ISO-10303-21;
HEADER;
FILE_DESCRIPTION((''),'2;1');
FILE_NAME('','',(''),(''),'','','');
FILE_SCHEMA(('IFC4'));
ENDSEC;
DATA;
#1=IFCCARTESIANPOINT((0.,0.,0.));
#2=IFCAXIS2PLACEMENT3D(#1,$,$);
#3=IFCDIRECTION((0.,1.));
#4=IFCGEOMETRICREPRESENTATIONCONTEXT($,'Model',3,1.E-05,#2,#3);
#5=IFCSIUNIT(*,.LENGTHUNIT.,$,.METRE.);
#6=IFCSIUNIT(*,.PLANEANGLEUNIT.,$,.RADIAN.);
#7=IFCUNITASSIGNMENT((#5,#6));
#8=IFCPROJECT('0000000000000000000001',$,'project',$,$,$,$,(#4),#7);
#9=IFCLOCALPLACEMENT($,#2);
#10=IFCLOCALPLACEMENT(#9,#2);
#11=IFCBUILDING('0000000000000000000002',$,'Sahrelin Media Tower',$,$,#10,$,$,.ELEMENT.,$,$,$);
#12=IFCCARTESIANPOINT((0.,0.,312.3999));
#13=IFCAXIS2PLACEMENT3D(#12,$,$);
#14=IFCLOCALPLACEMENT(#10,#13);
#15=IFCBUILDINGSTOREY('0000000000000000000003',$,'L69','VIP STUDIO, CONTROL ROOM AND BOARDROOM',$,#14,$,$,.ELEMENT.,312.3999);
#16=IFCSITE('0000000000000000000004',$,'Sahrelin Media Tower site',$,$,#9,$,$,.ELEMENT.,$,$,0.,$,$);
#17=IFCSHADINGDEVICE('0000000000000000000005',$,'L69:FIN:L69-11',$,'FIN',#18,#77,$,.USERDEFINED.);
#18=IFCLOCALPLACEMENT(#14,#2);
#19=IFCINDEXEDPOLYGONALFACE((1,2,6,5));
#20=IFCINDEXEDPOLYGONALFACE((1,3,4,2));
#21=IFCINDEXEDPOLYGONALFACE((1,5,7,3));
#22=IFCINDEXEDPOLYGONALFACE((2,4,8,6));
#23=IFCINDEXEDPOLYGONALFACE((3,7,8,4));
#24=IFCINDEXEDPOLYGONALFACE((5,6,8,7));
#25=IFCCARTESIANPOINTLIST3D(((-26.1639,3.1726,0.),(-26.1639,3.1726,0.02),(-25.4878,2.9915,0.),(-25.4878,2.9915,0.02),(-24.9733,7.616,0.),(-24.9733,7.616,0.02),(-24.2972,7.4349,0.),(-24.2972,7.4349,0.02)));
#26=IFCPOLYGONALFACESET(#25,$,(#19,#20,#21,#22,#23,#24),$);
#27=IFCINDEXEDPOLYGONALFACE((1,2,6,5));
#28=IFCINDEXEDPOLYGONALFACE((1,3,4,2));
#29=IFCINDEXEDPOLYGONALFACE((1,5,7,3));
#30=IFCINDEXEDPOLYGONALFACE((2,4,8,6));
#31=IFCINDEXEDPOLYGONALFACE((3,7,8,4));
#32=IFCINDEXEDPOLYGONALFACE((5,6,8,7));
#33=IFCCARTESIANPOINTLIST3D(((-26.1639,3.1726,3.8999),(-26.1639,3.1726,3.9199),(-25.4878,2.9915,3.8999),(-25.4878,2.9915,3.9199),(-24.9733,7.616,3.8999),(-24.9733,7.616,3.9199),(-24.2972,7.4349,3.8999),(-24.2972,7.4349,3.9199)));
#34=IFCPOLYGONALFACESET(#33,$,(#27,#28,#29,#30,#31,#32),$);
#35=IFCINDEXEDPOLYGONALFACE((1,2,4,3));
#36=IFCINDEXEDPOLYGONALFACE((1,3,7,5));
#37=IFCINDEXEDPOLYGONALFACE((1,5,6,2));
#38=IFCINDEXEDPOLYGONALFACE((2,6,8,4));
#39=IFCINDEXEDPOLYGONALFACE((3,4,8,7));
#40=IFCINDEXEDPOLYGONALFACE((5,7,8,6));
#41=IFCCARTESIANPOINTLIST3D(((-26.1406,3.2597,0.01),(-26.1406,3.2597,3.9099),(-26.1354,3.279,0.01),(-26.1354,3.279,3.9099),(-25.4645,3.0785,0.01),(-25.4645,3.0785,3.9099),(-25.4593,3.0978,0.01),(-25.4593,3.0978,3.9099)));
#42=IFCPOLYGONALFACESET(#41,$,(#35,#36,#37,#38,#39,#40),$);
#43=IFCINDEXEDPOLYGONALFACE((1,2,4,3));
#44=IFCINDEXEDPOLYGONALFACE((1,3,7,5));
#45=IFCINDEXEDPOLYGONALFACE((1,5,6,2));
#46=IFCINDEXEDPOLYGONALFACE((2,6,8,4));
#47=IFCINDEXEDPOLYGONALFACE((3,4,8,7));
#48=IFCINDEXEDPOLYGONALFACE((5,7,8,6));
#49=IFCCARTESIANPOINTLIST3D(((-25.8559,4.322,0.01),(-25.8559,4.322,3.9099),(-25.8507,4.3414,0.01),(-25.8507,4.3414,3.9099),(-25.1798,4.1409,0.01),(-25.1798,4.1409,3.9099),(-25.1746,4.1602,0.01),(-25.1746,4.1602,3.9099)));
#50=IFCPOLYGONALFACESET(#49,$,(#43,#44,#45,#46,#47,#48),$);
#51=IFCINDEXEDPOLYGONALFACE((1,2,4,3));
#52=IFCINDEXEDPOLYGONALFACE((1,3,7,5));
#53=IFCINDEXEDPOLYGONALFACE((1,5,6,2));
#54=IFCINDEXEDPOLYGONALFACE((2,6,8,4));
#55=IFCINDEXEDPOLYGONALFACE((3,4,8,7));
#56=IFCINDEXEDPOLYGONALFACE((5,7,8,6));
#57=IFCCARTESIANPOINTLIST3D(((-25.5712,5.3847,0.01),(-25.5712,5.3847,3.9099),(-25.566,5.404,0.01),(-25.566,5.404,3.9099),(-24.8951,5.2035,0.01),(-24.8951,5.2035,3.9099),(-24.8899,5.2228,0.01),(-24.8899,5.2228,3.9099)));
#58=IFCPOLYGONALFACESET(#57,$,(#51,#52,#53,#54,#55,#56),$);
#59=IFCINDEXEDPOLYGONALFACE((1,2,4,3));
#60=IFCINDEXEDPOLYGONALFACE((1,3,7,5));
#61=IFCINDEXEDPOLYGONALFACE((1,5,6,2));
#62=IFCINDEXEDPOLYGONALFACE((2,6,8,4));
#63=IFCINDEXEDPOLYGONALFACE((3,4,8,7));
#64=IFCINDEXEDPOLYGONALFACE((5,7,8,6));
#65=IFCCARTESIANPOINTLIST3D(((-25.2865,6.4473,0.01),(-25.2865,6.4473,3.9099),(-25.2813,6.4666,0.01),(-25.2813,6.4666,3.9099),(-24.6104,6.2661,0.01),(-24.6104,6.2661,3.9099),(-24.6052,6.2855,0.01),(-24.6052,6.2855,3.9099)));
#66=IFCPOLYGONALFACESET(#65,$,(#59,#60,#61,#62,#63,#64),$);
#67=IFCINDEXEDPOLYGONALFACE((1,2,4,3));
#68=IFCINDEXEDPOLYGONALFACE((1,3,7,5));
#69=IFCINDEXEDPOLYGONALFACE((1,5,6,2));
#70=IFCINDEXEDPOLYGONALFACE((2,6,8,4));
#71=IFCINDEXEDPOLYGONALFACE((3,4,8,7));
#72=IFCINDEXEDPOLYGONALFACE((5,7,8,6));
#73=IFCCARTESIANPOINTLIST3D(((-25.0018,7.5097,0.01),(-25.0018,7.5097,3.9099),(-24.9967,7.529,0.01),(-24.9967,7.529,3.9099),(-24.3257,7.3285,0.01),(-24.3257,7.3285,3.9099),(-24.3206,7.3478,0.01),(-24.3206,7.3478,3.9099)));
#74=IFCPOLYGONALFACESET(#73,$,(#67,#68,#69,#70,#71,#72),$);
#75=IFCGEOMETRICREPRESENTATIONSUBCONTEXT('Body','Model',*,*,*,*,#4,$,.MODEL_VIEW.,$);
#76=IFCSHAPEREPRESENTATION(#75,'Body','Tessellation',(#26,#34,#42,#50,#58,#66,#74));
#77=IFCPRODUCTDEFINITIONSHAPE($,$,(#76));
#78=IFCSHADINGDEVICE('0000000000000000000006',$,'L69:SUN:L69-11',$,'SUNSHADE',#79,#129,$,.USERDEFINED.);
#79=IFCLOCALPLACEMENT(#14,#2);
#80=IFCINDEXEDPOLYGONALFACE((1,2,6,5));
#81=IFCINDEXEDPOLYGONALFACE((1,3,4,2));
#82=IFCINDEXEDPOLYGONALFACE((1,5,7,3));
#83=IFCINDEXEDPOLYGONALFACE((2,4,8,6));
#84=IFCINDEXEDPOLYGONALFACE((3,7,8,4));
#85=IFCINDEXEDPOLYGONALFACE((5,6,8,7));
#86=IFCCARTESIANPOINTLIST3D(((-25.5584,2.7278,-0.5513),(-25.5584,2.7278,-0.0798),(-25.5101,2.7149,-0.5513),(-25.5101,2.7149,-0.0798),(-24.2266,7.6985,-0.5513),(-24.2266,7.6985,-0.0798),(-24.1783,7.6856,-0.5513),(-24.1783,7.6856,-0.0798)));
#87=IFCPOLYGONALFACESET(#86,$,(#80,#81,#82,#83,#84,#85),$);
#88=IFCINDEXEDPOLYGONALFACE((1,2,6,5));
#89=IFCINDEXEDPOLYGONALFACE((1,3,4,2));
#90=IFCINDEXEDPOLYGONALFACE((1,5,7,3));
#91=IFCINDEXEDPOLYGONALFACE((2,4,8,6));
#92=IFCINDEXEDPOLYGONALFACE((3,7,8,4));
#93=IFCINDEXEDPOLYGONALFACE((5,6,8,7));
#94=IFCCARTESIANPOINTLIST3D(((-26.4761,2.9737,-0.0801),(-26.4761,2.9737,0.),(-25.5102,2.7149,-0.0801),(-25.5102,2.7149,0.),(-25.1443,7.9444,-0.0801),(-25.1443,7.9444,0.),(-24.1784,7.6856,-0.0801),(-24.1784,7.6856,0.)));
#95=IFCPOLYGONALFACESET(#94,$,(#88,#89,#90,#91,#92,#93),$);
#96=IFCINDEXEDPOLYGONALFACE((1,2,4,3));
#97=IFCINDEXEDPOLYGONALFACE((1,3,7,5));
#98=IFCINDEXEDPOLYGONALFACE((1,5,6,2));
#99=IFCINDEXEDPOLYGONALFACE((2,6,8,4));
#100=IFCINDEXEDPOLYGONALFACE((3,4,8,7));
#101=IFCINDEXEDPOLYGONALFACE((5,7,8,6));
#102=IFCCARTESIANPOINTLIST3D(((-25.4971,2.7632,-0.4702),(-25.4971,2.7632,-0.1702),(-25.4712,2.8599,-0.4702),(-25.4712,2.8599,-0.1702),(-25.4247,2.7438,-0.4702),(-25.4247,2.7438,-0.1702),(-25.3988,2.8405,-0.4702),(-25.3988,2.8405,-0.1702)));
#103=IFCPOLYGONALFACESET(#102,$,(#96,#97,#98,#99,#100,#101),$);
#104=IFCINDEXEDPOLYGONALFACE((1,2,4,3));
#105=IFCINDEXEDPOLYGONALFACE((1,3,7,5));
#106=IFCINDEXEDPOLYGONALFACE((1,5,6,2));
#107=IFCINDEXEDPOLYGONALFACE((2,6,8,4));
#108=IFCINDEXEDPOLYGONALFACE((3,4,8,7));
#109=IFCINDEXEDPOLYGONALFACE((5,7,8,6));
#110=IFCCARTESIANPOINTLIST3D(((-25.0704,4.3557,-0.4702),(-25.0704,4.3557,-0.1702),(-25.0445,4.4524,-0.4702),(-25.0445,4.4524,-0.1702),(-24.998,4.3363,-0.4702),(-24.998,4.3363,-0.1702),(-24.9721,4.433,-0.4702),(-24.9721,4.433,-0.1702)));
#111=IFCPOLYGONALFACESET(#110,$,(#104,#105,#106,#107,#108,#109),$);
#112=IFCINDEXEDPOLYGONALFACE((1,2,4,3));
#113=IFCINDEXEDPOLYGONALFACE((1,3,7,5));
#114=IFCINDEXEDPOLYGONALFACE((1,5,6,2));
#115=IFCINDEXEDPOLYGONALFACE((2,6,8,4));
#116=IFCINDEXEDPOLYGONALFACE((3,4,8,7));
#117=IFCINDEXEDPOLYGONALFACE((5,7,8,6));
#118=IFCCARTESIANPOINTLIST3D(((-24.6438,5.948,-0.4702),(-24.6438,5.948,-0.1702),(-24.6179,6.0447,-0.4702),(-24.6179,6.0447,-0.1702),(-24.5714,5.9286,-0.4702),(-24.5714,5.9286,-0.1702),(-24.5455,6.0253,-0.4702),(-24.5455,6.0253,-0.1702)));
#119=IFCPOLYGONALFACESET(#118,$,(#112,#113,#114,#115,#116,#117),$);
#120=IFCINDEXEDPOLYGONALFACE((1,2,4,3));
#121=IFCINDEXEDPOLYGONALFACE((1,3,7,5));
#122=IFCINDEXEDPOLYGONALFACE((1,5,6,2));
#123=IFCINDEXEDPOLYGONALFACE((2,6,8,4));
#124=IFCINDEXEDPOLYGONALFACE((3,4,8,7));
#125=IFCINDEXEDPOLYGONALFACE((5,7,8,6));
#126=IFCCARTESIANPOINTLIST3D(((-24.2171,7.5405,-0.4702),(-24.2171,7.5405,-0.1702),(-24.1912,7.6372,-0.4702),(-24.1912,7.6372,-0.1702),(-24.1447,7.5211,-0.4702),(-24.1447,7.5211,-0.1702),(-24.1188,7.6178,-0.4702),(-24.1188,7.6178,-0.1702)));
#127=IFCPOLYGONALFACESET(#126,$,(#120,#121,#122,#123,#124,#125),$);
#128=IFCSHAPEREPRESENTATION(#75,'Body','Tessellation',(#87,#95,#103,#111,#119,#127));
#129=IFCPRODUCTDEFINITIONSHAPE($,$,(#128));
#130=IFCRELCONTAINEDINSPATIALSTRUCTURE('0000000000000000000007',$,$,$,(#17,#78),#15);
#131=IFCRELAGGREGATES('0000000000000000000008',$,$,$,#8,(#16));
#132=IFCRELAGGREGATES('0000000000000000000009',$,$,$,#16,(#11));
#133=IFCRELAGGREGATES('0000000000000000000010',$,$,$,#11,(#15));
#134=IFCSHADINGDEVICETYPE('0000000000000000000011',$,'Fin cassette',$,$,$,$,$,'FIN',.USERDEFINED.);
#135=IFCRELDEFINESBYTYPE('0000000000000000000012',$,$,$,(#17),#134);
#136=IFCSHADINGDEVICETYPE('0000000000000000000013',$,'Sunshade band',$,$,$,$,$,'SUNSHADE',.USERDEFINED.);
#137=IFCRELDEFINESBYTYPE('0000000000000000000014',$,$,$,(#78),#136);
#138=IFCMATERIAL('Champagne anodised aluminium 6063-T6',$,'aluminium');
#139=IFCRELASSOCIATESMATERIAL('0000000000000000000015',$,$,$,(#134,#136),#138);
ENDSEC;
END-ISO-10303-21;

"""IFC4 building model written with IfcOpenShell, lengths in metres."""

from ifc_helpers import new_model, si_unit, direction, frame, origin, origin_2d, place, context, subcontext, project, spatial, rectangle, extrude, material, type_object, element, save


model = new_model("IFC4")

# Units and contexts
model_context = context("Model", 3, precision=1e-05, world=origin(), true_north=direction((0.0, 1.0)))
body_context = subcontext(model_context, "Body", "Model", "MODEL_VIEW")
ifc_project = project(units=[si_unit("LENGTHUNIT", "METRE"), si_unit("PLANEANGLEUNIT", "RADIAN")], contexts=[model_context])

# Site, building, storey
site_placement = place(None, origin())
site = spatial("IfcSite", under=ifc_project, at=site_placement, Name="Sahrelin Media Tower site", CompositionType="ELEMENT", RefElevation=0.0)
building_placement = place(site_placement, origin())
building = spatial("IfcBuilding", under=site, at=building_placement, Name="Sahrelin Media Tower", CompositionType="ELEMENT")
storey_placement = place(building_placement, frame((0.0, 0.0, 312.3999)))
storey = spatial("IfcBuildingStorey", under=building, at=storey_placement, Name="L69", Description="VIP STUDIO, CONTROL ROOM AND BOARDROOM", CompositionType="ELEMENT", Elevation=312.3999)

# Shared definitions
ifc_material_1 = material(Name="Champagne anodised aluminium 6063-T6", Category="aluminium")

# Shading devices
shading_device_type_1 = type_object("IfcShadingDeviceType", Name="Fin cassette", ElementType="FIN", PredefinedType="USERDEFINED", material=ifc_material_1)
placement = place(storey_placement, frame((-24.825, 5.1951, 0.0), z_axis=(0.0, 0.0, 1.0), x_axis=(0.258808, 0.965929, 0.0)))
element("IfcShadingDevice", 1, at=placement, inside=storey, type_object=shading_device_type_1, Name="L69:FIN:L69-11", ObjectType="FIN", PredefinedType="USERDEFINED", context=body_context, shape_type="SweptSolid", body=[
    extrude(rectangle(XDim=4.6001, YDim=0.7, at=origin_2d()), frame((0.0, 0.4199, 0.0)), (0.0, 0.0, 1.0), 0.02),
    extrude(rectangle(XDim=4.6001, YDim=0.7, at=origin_2d()), frame((0.0, 0.4199, 3.8999)), (0.0, 0.0, 1.0), 0.02),
    extrude(rectangle(XDim=0.02, YDim=0.7, at=origin_2d()), frame((-2.2, 0.4199, 0.01), z_axis=(0.0, 0.0, 1.0), x_axis=(1.0, 0.0, 0.0)), (0.0, 0.0, 1.0), 3.8999),
    extrude(rectangle(XDim=0.02, YDim=0.7, at=origin_2d()), frame((-1.1001, 0.4199, 0.01), z_axis=(0.0, 0.0, 1.0), x_axis=(1.0, 0.0, 0.0)), (0.0, 0.0, 1.0), 3.8999),
    extrude(rectangle(XDim=0.02, YDim=0.7, at=origin_2d()), frame((0.0, 0.4199, 0.01), z_axis=(0.0, 0.0, 1.0), x_axis=(1.0, 0.0, 0.0)), (0.0, 0.0, 1.0), 3.8999),
    extrude(rectangle(XDim=0.02, YDim=0.7, at=origin_2d()), frame((1.1001, 0.4199, 0.01), z_axis=(0.0, 0.0, 1.0), x_axis=(1.0, 0.0, 0.0)), (0.0, 0.0, 1.0), 3.8999),
    extrude(rectangle(XDim=0.02, YDim=0.7, at=origin_2d()), frame((2.2, 0.4199, 0.01), z_axis=(0.0, 0.0, 1.0), x_axis=(1.0, 0.0, 0.0)), (0.0, 0.0, 1.0), 3.8999),
])
shading_device_type_2 = type_object("IfcShadingDeviceType", Name="Sunshade band", ElementType="SUNSHADE", PredefinedType="USERDEFINED", material=ifc_material_1)
element("IfcShadingDevice", 2, at=placement, inside=storey, type_object=shading_device_type_2, Name="L69:SUN:L69-11", ObjectType="SUNSHADE", PredefinedType="USERDEFINED", context=body_context, shape_type="SweptSolid", body=[
    extrude(rectangle(XDim=5.146, YDim=0.05, at=origin_2d()), frame((0.0, 0.0449, -0.5513)), (0.0, 0.0, 1.0), 0.4714),
    extrude(rectangle(XDim=5.146, YDim=1.0, at=origin_2d()), frame((0.0, 0.52, -0.0801)), (0.0, 0.0, 1.0), 0.0801),
    extrude(rectangle(XDim=0.1001, YDim=0.075, at=origin_2d()), frame((-2.4729, -0.0176, -0.4702)), (0.0, 0.0, 1.0), 0.3),
    extrude(rectangle(XDim=0.1001, YDim=0.075, at=origin_2d()), frame((-0.8242, -0.0176, -0.4702)), (0.0, 0.0, 1.0), 0.3),
    extrude(rectangle(XDim=0.1001, YDim=0.075, at=origin_2d()), frame((0.8242, -0.0176, -0.4702)), (0.0, 0.0, 1.0), 0.3),
    extrude(rectangle(XDim=0.1001, YDim=0.075, at=origin_2d()), frame((2.4729, -0.0176, -0.4702)), (0.0, 0.0, 1.0), 0.3),
])

save(model, "model.ifc")
